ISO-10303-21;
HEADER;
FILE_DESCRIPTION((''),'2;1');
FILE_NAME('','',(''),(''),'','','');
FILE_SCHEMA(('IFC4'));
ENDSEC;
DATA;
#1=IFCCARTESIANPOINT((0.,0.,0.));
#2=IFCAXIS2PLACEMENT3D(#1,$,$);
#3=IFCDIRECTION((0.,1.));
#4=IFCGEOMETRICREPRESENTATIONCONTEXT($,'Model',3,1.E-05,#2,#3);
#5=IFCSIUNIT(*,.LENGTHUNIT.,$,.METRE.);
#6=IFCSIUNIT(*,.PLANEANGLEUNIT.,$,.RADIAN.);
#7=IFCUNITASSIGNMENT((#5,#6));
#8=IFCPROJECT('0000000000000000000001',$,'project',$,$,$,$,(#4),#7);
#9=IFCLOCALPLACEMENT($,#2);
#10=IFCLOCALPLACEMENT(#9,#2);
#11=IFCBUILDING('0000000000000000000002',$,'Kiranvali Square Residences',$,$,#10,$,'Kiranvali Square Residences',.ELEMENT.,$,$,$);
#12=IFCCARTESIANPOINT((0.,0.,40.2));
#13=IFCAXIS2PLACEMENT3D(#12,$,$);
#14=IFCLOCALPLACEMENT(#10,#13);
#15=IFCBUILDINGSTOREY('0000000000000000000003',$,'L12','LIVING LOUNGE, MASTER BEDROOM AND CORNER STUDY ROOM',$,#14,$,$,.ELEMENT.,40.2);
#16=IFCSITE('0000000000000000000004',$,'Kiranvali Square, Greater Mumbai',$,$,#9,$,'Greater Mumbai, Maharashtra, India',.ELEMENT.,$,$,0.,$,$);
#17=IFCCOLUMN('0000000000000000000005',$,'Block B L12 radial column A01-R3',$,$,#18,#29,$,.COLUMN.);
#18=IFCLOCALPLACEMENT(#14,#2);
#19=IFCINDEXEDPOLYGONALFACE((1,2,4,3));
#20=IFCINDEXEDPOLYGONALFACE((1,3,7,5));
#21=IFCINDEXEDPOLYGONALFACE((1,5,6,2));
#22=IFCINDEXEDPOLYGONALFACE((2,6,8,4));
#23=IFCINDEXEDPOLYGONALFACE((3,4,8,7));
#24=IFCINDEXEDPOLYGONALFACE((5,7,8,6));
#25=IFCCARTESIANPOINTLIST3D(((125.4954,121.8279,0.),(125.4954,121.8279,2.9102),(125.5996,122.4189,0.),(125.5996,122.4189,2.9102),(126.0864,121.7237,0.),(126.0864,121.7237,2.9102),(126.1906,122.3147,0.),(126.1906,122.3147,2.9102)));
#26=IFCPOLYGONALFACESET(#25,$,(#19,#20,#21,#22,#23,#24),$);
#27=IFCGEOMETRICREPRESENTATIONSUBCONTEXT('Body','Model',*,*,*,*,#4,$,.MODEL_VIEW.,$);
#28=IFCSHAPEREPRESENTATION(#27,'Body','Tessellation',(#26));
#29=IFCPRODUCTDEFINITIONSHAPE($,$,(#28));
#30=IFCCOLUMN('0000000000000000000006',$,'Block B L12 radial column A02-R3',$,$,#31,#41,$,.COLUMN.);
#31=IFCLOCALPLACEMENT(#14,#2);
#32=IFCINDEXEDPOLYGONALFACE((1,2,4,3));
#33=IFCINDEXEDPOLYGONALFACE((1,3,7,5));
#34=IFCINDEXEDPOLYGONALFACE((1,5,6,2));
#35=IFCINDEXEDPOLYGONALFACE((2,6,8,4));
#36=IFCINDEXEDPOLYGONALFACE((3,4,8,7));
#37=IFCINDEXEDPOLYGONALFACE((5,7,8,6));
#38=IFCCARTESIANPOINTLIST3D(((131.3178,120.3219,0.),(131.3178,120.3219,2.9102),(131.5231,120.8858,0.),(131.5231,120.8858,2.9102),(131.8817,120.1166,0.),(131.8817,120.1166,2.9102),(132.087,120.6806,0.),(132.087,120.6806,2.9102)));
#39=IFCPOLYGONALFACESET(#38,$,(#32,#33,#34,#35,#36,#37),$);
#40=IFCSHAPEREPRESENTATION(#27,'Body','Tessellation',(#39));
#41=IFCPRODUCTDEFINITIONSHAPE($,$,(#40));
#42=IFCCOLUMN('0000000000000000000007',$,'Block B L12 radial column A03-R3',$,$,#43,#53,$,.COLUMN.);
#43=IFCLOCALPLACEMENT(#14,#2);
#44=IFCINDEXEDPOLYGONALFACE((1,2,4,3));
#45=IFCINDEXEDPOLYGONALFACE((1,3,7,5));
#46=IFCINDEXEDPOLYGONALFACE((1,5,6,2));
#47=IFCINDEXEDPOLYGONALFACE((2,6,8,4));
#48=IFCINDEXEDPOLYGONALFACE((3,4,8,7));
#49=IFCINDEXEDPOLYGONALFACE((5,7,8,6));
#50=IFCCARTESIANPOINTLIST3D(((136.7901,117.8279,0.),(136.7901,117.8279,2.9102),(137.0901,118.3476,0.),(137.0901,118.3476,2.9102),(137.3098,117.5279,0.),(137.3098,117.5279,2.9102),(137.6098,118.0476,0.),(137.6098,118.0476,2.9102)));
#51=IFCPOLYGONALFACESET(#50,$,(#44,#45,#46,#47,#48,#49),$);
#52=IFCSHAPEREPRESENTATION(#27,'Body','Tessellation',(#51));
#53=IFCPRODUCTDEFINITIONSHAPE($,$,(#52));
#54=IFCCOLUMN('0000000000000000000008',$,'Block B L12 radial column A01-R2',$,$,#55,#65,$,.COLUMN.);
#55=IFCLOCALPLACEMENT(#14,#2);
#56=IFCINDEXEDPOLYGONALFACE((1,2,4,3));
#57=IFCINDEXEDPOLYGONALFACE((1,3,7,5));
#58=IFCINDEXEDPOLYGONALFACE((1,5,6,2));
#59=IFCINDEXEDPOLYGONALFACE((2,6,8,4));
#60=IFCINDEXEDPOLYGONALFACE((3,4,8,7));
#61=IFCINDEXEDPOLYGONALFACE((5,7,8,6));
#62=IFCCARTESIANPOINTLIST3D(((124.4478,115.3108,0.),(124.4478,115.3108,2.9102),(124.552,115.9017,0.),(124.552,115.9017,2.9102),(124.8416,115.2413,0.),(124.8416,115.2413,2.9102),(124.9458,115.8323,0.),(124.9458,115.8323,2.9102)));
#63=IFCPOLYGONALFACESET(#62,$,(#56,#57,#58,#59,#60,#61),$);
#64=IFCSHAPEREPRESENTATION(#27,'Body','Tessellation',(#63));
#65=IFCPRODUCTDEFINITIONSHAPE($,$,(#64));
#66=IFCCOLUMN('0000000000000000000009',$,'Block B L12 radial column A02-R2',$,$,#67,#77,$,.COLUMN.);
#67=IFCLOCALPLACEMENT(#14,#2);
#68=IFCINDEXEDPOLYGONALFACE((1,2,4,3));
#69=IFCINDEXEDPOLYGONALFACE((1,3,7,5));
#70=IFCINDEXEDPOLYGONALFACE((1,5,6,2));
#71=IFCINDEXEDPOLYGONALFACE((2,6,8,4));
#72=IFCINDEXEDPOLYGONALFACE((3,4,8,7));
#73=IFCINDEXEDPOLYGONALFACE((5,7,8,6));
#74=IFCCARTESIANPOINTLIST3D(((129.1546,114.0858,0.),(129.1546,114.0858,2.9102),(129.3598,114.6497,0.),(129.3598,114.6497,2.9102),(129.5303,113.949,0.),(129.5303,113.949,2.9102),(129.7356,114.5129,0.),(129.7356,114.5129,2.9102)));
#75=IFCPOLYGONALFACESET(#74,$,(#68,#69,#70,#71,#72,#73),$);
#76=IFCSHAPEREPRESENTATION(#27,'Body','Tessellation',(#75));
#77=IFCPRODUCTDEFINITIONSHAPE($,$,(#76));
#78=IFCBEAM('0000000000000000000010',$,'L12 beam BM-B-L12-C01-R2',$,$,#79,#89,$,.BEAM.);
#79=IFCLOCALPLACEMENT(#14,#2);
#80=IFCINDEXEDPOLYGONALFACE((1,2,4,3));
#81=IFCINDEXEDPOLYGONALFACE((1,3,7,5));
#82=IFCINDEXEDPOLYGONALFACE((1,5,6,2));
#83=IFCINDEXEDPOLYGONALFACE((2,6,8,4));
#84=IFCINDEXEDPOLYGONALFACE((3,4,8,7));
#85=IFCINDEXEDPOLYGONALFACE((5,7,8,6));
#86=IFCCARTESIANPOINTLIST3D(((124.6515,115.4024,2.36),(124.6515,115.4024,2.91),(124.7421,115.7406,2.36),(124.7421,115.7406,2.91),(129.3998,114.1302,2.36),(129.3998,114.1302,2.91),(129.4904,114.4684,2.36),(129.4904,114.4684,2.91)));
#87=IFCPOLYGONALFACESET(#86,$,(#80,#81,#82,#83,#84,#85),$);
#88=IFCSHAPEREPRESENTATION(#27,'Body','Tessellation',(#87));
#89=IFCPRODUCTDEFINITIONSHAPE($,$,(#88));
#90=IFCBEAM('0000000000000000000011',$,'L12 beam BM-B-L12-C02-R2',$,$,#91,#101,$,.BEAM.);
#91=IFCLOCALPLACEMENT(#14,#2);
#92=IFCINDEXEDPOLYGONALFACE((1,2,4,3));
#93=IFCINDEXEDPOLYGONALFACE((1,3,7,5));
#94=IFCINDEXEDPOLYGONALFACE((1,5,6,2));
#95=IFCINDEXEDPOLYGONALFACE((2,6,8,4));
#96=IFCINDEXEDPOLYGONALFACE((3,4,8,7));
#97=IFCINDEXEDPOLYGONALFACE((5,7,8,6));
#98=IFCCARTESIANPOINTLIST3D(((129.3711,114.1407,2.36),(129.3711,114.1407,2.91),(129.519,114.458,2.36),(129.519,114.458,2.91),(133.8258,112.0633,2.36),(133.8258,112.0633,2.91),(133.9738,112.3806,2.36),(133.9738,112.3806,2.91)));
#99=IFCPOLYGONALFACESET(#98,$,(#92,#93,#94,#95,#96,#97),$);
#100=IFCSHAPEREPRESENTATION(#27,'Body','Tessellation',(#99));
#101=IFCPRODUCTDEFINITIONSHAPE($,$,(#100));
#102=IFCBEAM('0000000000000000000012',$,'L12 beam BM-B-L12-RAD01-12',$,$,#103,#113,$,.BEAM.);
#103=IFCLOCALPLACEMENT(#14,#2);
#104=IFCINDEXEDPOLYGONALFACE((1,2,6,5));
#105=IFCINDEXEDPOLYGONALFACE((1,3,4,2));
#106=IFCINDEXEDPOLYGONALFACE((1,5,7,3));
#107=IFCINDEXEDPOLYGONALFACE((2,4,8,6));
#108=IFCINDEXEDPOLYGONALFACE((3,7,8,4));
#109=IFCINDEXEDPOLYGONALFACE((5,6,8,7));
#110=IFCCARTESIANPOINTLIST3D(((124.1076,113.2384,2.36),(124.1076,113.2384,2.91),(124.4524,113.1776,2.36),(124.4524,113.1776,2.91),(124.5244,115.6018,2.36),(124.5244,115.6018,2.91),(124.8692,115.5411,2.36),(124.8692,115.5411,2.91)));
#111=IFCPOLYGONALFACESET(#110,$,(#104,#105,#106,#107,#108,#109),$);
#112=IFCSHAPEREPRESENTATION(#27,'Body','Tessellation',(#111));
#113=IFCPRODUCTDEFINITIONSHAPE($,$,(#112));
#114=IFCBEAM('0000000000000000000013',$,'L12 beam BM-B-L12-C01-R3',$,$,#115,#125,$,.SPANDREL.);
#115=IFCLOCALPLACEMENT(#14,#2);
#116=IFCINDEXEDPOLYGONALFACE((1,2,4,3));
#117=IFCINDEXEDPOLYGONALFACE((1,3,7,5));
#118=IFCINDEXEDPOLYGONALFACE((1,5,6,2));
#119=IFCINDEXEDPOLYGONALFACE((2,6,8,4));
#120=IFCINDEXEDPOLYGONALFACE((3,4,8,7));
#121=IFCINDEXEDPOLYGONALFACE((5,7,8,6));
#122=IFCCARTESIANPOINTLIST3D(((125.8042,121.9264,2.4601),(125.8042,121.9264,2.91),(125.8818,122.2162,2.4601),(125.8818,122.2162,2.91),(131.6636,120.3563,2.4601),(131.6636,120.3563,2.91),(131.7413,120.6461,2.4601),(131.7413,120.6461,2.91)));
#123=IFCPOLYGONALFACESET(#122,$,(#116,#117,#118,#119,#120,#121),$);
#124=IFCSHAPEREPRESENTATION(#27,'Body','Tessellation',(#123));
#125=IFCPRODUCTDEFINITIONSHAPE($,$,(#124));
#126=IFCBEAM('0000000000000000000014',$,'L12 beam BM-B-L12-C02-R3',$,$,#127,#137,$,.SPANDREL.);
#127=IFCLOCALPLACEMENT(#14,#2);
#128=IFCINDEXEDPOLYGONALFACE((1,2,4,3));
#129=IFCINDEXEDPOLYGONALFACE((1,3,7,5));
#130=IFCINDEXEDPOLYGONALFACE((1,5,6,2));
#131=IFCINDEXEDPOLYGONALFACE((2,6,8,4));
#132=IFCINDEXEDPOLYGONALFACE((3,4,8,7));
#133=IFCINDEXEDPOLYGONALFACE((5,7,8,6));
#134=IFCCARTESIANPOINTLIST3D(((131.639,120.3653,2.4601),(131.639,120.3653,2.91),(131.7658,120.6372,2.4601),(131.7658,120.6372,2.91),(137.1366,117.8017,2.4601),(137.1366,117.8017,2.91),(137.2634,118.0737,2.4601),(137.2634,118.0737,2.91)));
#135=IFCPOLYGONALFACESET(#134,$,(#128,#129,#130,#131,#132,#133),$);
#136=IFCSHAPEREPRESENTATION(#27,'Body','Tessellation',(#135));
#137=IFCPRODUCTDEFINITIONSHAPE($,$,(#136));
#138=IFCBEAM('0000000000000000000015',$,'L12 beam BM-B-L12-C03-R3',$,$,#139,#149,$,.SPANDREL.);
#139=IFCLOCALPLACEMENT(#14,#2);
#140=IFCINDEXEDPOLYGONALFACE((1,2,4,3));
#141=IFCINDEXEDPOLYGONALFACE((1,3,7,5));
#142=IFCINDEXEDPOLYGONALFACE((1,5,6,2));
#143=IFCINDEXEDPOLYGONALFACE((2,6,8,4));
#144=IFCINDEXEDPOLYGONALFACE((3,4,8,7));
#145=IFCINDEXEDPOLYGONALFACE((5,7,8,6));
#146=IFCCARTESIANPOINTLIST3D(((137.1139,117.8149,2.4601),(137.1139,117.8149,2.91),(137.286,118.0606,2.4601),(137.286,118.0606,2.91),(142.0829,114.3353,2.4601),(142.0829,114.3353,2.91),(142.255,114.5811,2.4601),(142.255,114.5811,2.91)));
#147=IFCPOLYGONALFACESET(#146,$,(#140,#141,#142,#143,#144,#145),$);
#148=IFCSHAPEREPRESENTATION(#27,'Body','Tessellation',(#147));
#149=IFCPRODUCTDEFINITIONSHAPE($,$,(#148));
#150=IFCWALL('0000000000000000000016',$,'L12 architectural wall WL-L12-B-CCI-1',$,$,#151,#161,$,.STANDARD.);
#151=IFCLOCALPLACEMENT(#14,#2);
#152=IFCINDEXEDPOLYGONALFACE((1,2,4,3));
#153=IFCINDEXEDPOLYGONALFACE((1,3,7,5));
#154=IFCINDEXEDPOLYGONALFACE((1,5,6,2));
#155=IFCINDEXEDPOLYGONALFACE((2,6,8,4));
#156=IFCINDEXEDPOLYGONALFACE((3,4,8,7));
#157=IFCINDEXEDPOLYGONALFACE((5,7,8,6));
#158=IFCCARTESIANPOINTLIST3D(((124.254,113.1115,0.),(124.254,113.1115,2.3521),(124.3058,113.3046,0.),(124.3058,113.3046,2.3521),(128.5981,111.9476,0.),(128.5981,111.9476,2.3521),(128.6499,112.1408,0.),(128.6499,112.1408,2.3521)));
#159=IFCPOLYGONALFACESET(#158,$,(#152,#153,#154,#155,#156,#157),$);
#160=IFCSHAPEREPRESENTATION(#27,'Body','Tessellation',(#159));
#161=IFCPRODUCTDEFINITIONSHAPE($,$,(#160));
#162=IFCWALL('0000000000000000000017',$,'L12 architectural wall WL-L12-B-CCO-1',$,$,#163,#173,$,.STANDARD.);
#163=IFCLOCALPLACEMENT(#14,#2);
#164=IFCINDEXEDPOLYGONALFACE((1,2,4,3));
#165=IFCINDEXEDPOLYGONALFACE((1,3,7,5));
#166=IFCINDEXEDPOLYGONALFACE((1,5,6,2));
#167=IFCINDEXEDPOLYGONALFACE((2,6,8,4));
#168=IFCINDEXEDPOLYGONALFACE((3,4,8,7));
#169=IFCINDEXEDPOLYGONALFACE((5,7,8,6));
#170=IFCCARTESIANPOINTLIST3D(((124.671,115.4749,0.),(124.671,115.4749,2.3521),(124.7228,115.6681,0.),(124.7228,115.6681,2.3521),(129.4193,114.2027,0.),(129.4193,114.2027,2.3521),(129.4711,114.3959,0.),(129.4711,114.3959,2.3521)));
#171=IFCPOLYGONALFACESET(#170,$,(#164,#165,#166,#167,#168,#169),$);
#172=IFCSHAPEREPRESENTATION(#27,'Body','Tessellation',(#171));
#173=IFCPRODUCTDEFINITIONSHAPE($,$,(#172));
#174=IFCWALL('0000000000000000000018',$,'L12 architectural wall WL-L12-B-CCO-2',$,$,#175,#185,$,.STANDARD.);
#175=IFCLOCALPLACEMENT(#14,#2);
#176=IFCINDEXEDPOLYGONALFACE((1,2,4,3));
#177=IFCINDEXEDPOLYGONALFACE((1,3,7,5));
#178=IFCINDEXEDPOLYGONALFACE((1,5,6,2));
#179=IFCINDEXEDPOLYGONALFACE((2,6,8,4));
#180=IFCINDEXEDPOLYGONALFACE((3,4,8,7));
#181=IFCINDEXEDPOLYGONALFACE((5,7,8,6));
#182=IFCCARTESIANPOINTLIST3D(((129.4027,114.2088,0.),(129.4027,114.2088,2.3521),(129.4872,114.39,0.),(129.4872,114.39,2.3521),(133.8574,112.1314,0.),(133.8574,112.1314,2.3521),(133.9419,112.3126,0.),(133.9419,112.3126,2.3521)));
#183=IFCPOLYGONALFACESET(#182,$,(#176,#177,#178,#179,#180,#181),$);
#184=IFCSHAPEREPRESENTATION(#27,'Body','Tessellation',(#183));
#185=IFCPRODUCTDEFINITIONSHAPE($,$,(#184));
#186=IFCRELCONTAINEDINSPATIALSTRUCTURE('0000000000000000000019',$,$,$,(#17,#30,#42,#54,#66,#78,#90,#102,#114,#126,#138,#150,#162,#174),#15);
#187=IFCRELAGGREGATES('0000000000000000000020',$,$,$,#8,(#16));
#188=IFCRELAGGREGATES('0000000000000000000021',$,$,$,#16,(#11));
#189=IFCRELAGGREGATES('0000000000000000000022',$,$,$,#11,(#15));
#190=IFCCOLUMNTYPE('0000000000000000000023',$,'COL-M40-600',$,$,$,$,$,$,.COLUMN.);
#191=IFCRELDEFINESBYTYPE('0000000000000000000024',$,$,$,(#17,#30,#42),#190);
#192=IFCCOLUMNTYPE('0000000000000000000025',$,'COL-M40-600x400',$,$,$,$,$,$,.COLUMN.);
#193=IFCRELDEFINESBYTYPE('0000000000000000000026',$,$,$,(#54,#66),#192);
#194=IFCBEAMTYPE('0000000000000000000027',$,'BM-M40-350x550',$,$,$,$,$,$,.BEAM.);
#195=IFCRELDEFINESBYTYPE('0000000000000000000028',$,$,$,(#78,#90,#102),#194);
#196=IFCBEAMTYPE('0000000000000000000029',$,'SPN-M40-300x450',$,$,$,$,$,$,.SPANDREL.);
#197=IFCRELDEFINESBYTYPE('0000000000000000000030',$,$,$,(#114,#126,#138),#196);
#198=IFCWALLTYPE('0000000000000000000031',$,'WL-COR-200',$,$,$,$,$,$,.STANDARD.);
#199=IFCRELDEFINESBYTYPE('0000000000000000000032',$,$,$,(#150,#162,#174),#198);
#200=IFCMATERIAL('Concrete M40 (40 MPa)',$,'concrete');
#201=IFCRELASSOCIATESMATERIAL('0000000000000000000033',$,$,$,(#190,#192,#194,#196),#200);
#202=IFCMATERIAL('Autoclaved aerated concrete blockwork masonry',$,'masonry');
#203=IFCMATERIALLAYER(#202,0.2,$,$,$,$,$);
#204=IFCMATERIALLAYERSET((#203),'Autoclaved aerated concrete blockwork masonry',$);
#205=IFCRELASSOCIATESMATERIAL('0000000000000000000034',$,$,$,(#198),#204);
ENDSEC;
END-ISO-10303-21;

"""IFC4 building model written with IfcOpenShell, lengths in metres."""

from ifc_helpers import new_model, si_unit, direction, frame, frame_2d, origin, origin_2d, place, context, subcontext, project, spatial, rectangle, extrude, material, layer, layer_set, material_profile, profile_set, type_object, element, save


model = new_model("IFC4")

# Units and contexts
model_context = context("Model", 3, precision=1e-05, world=origin(), true_north=direction((0.0, 1.0)))
body_context = subcontext(model_context, "Body", "Model", "MODEL_VIEW")
ifc_project = project(units=[si_unit("LENGTHUNIT", "METRE"), si_unit("PLANEANGLEUNIT", "RADIAN")], contexts=[model_context])

# Site, building, storey
site_placement = place(None, origin())
site = spatial("IfcSite", under=ifc_project, at=site_placement, Name="Kiranvali Square, Greater Mumbai", LongName="Greater Mumbai, Maharashtra, India", CompositionType="ELEMENT", RefElevation=0.0)
building_placement = place(site_placement, origin())
building = spatial("IfcBuilding", under=site, at=building_placement, Name="Kiranvali Square Residences", LongName="Kiranvali Square Residences", CompositionType="ELEMENT")
storey_placement = place(building_placement, frame((0.0, 0.0, 40.2)))
storey = spatial("IfcBuildingStorey", under=building, at=storey_placement, Name="L12", Description="LIVING LOUNGE, MASTER BEDROOM AND CORNER STUDY ROOM", CompositionType="ELEMENT", Elevation=40.2)

# Columns
ifc_material_1 = material(Name="Concrete M40 (40 MPa)", Category="concrete")
ifc_material_profile_1 = material_profile(ifc_material_1, rectangle(XDim=0.6001, YDim=0.6001, at=origin_2d()), Name="RC 600x600")
ifc_profile_set_1 = profile_set([ifc_material_profile_1], Name="Concrete M40 (40 MPa)")
column_type_1 = type_object("IfcColumnType", Name="COL-M40-600", PredefinedType="COLUMN", material=ifc_profile_set_1)
for number, where, z_axis, x_axis, name in (
    (1, (125.843, 122.0713, 0.0), (0.0, 0.0, 1.0), (-0.984808, 0.173648, 0.0), "Block B L12 radial column A01-R3"),
    (2, (131.7024, 120.5012, 0.0), (0.0, 0.0, 1.0), (-0.939693, 0.34202, 0.0), "Block B L12 radial column A02-R3"),
    (3, (137.2, 117.9377, 0.0), (0.0, 0.0, 1.0), (-0.866025, 0.5, 0.0), "Block B L12 radial column A03-R3"),
):
    element("IfcColumn", number, at=place(storey_placement, frame(where, z_axis=z_axis, x_axis=x_axis)), inside=storey, type_object=column_type_1, Name=name, PredefinedType="COLUMN", context=body_context, shape_type="SweptSolid", body=[
        extrude(rectangle(XDim=0.6001, YDim=0.6001, at=origin_2d()), origin(), (0.0, 0.0, 1.0), 2.9102),
    ])
ifc_material_profile_2 = material_profile(ifc_material_1, rectangle(XDim=0.3999, YDim=0.6001, at=origin_2d()), Name="RC 600x400")
ifc_profile_set_2 = profile_set([ifc_material_profile_2], Name="Concrete M40 (40 MPa)")
column_type_2 = type_object("IfcColumnType", Name="COL-M40-600x400", PredefinedType="COLUMN", material=ifc_profile_set_2)
for number, where, z_axis, x_axis, name in (
    (4, (124.6968, 115.5715, 0.0), (0.0, 0.0, 1.0), (-0.984808, 0.173648, 0.0), "Block B L12 radial column A01-R2"),
    (5, (129.4451, 114.2993, 0.0), (0.0, 0.0, 1.0), (-0.939693, 0.34202, 0.0), "Block B L12 radial column A02-R2"),
):
    element("IfcColumn", number, at=place(storey_placement, frame(where, z_axis=z_axis, x_axis=x_axis)), inside=storey, type_object=column_type_2, Name=name, PredefinedType="COLUMN", context=body_context, shape_type="SweptSolid", body=[
        extrude(rectangle(XDim=0.3999, YDim=0.6001, at=origin_2d()), origin(), (0.0, 0.0, 1.0), 2.9102),
    ])

# Beams
ifc_material_profile_3 = material_profile(ifc_material_1, rectangle(XDim=0.3501, YDim=0.55, at=origin_2d()), Name="RC 350x550")
ifc_profile_set_3 = profile_set([ifc_material_profile_3], Name="Concrete M40 (40 MPa)")
beam_type_1 = type_object("IfcBeamType", Name="BM-M40-350x550", PredefinedType="BEAM", material=ifc_profile_set_3)
beam_1_placement = place(storey_placement, frame((124.6968, 115.5715, 2.635), z_axis=(0.96593, -0.258803, 0.0), x_axis=(0.258803, 0.96593, 0.0)))
element("IfcBeam", 6, at=beam_1_placement, inside=storey, type_object=beam_type_1, Name="L12 beam BM-B-L12-C01-R2", PredefinedType="BEAM", context=body_context, shape_type="SweptSolid", body=[
    extrude(rectangle(XDim=0.3501, YDim=0.55, at=origin_2d()), origin(), (0.0, 0.0, 1.0), 4.9158),
])
beam_2_placement = place(storey_placement, frame((129.4451, 114.2993, 2.635), z_axis=(0.906302, -0.42263, 0.0), x_axis=(0.42263, 0.906302, 0.0)))
element("IfcBeam", 7, at=beam_2_placement, inside=storey, type_object=beam_type_1, Name="L12 beam BM-B-L12-C02-R2", PredefinedType="BEAM", context=body_context, shape_type="SweptSolid", body=[
    extrude(rectangle(XDim=0.3501, YDim=0.55, at=origin_2d()), origin(), (0.0, 0.0, 1.0), 4.9153),
])
beam_3_placement = place(storey_placement, frame((124.28, 113.208, 2.635), z_axis=(0.173646, 0.984808, 0.0), x_axis=(-0.984808, 0.173646, 0.0)))
element("IfcBeam", 8, at=beam_3_placement, inside=storey, type_object=beam_type_1, Name="L12 beam BM-B-L12-RAD01-12", PredefinedType="BEAM", context=body_context, shape_type="SweptSolid", body=[
    extrude(rectangle(XDim=0.3501, YDim=0.55, at=origin_2d()), origin(), (0.0, 0.0, 1.0), 2.3999),
])
ifc_material_profile_4 = material_profile(ifc_material_1, rectangle(XDim=0.3, YDim=0.45, at=origin_2d()), Name="RC 300x450")
ifc_profile_set_4 = profile_set([ifc_material_profile_4], Name="Concrete M40 (40 MPa)")
beam_type_2 = type_object("IfcBeamType", Name="SPN-M40-300x450", PredefinedType="SPANDREL", material=ifc_profile_set_4)
beam_4_placement = place(storey_placement, frame((125.843, 122.0713, 2.6851), z_axis=(0.965924, -0.258827, 0.0), x_axis=(0.258827, 0.965924, 0.0)))
element("IfcBeam", 9, at=beam_4_placement, inside=storey, type_object=beam_type_2, Name="L12 beam BM-B-L12-C01-R3", PredefinedType="SPANDREL", context=body_context, shape_type="SweptSolid", body=[
    extrude(rectangle(XDim=0.3, YDim=0.45, at=origin_2d()), origin(), (0.0, 0.0, 1.0), 6.0662),
])
beam_5_placement = place(storey_placement, frame((131.7024, 120.5012, 2.6851), z_axis=(0.906313, -0.422608, 0.0), x_axis=(0.422608, 0.906313, 0.0)))
element("IfcBeam", 10, at=beam_5_placement, inside=storey, type_object=beam_type_2, Name="L12 beam BM-B-L12-C02-R3", PredefinedType="SPANDREL", context=body_context, shape_type="SweptSolid", body=[
    extrude(rectangle(XDim=0.3, YDim=0.45, at=origin_2d()), origin(), (0.0, 0.0, 1.0), 6.0659),
])
beam_6_placement = place(storey_placement, frame((137.2, 117.9377, 2.6851), z_axis=(0.819139, -0.573595, 0.0), x_axis=(0.573595, 0.819139, 0.0)))
element("IfcBeam", 11, at=beam_6_placement, inside=storey, type_object=beam_type_2, Name="L12 beam BM-B-L12-C03-R3", PredefinedType="SPANDREL", context=body_context, shape_type="SweptSolid", body=[
    extrude(rectangle(XDim=0.3, YDim=0.45, at=origin_2d()), origin(), (0.0, 0.0, 1.0), 6.0662),
])

# Walls
ifc_material_2 = material(Name="Autoclaved aerated concrete blockwork masonry", Category="masonry")
ifc_layer_1 = layer(ifc_material_2, 0.2)
ifc_layer_set_1 = layer_set([ifc_layer_1], Name="Autoclaved aerated concrete blockwork masonry")
wall_type_1 = type_object("IfcWallType", Name="WL-COR-200", PredefinedType="STANDARD", material=ifc_layer_set_1)
wall_1_placement = place(storey_placement, frame((124.28, 113.208, 0.0), z_axis=(0.0, 0.0, 1.0), x_axis=(0.965934, -0.258788, 0.0)))
element("IfcWall", 12, at=wall_1_placement, inside=storey, type_object=wall_type_1, Name="L12 architectural wall WL-L12-B-CCI-1", PredefinedType="STANDARD", context=body_context, shape_type="SweptSolid", body=[
    extrude(rectangle(XDim=4.4973, YDim=0.2, at=frame_2d((2.2485, 0.0))), origin(), (0.0, 0.0, 1.0), 2.3521),
])
wall_2_placement = place(storey_placement, frame((124.6968, 115.5715, 0.0), z_axis=(0.0, 0.0, 1.0), x_axis=(0.96593, -0.258803, 0.0)))
element("IfcWall", 13, at=wall_2_placement, inside=storey, type_object=wall_type_1, Name="L12 architectural wall WL-L12-B-CCO-1", PredefinedType="STANDARD", context=body_context, shape_type="SweptSolid", body=[
    extrude(rectangle(XDim=4.9158, YDim=0.2, at=frame_2d((2.458, 0.0))), origin(), (0.0, 0.0, 1.0), 2.3521),
])
wall_3_placement = place(storey_placement, frame((129.4451, 114.2993, 0.0), z_axis=(0.0, 0.0, 1.0), x_axis=(0.906302, -0.42263, 0.0)))
element("IfcWall", 14, at=wall_3_placement, inside=storey, type_object=wall_type_1, Name="L12 architectural wall WL-L12-B-CCO-2", PredefinedType="STANDARD", context=body_context, shape_type="SweptSolid", body=[
    extrude(rectangle(XDim=4.9153, YDim=0.2, at=frame_2d((2.4575, 0.0))), origin(), (0.0, 0.0, 1.0), 2.3521),
])

save(model, "model.ifc")
